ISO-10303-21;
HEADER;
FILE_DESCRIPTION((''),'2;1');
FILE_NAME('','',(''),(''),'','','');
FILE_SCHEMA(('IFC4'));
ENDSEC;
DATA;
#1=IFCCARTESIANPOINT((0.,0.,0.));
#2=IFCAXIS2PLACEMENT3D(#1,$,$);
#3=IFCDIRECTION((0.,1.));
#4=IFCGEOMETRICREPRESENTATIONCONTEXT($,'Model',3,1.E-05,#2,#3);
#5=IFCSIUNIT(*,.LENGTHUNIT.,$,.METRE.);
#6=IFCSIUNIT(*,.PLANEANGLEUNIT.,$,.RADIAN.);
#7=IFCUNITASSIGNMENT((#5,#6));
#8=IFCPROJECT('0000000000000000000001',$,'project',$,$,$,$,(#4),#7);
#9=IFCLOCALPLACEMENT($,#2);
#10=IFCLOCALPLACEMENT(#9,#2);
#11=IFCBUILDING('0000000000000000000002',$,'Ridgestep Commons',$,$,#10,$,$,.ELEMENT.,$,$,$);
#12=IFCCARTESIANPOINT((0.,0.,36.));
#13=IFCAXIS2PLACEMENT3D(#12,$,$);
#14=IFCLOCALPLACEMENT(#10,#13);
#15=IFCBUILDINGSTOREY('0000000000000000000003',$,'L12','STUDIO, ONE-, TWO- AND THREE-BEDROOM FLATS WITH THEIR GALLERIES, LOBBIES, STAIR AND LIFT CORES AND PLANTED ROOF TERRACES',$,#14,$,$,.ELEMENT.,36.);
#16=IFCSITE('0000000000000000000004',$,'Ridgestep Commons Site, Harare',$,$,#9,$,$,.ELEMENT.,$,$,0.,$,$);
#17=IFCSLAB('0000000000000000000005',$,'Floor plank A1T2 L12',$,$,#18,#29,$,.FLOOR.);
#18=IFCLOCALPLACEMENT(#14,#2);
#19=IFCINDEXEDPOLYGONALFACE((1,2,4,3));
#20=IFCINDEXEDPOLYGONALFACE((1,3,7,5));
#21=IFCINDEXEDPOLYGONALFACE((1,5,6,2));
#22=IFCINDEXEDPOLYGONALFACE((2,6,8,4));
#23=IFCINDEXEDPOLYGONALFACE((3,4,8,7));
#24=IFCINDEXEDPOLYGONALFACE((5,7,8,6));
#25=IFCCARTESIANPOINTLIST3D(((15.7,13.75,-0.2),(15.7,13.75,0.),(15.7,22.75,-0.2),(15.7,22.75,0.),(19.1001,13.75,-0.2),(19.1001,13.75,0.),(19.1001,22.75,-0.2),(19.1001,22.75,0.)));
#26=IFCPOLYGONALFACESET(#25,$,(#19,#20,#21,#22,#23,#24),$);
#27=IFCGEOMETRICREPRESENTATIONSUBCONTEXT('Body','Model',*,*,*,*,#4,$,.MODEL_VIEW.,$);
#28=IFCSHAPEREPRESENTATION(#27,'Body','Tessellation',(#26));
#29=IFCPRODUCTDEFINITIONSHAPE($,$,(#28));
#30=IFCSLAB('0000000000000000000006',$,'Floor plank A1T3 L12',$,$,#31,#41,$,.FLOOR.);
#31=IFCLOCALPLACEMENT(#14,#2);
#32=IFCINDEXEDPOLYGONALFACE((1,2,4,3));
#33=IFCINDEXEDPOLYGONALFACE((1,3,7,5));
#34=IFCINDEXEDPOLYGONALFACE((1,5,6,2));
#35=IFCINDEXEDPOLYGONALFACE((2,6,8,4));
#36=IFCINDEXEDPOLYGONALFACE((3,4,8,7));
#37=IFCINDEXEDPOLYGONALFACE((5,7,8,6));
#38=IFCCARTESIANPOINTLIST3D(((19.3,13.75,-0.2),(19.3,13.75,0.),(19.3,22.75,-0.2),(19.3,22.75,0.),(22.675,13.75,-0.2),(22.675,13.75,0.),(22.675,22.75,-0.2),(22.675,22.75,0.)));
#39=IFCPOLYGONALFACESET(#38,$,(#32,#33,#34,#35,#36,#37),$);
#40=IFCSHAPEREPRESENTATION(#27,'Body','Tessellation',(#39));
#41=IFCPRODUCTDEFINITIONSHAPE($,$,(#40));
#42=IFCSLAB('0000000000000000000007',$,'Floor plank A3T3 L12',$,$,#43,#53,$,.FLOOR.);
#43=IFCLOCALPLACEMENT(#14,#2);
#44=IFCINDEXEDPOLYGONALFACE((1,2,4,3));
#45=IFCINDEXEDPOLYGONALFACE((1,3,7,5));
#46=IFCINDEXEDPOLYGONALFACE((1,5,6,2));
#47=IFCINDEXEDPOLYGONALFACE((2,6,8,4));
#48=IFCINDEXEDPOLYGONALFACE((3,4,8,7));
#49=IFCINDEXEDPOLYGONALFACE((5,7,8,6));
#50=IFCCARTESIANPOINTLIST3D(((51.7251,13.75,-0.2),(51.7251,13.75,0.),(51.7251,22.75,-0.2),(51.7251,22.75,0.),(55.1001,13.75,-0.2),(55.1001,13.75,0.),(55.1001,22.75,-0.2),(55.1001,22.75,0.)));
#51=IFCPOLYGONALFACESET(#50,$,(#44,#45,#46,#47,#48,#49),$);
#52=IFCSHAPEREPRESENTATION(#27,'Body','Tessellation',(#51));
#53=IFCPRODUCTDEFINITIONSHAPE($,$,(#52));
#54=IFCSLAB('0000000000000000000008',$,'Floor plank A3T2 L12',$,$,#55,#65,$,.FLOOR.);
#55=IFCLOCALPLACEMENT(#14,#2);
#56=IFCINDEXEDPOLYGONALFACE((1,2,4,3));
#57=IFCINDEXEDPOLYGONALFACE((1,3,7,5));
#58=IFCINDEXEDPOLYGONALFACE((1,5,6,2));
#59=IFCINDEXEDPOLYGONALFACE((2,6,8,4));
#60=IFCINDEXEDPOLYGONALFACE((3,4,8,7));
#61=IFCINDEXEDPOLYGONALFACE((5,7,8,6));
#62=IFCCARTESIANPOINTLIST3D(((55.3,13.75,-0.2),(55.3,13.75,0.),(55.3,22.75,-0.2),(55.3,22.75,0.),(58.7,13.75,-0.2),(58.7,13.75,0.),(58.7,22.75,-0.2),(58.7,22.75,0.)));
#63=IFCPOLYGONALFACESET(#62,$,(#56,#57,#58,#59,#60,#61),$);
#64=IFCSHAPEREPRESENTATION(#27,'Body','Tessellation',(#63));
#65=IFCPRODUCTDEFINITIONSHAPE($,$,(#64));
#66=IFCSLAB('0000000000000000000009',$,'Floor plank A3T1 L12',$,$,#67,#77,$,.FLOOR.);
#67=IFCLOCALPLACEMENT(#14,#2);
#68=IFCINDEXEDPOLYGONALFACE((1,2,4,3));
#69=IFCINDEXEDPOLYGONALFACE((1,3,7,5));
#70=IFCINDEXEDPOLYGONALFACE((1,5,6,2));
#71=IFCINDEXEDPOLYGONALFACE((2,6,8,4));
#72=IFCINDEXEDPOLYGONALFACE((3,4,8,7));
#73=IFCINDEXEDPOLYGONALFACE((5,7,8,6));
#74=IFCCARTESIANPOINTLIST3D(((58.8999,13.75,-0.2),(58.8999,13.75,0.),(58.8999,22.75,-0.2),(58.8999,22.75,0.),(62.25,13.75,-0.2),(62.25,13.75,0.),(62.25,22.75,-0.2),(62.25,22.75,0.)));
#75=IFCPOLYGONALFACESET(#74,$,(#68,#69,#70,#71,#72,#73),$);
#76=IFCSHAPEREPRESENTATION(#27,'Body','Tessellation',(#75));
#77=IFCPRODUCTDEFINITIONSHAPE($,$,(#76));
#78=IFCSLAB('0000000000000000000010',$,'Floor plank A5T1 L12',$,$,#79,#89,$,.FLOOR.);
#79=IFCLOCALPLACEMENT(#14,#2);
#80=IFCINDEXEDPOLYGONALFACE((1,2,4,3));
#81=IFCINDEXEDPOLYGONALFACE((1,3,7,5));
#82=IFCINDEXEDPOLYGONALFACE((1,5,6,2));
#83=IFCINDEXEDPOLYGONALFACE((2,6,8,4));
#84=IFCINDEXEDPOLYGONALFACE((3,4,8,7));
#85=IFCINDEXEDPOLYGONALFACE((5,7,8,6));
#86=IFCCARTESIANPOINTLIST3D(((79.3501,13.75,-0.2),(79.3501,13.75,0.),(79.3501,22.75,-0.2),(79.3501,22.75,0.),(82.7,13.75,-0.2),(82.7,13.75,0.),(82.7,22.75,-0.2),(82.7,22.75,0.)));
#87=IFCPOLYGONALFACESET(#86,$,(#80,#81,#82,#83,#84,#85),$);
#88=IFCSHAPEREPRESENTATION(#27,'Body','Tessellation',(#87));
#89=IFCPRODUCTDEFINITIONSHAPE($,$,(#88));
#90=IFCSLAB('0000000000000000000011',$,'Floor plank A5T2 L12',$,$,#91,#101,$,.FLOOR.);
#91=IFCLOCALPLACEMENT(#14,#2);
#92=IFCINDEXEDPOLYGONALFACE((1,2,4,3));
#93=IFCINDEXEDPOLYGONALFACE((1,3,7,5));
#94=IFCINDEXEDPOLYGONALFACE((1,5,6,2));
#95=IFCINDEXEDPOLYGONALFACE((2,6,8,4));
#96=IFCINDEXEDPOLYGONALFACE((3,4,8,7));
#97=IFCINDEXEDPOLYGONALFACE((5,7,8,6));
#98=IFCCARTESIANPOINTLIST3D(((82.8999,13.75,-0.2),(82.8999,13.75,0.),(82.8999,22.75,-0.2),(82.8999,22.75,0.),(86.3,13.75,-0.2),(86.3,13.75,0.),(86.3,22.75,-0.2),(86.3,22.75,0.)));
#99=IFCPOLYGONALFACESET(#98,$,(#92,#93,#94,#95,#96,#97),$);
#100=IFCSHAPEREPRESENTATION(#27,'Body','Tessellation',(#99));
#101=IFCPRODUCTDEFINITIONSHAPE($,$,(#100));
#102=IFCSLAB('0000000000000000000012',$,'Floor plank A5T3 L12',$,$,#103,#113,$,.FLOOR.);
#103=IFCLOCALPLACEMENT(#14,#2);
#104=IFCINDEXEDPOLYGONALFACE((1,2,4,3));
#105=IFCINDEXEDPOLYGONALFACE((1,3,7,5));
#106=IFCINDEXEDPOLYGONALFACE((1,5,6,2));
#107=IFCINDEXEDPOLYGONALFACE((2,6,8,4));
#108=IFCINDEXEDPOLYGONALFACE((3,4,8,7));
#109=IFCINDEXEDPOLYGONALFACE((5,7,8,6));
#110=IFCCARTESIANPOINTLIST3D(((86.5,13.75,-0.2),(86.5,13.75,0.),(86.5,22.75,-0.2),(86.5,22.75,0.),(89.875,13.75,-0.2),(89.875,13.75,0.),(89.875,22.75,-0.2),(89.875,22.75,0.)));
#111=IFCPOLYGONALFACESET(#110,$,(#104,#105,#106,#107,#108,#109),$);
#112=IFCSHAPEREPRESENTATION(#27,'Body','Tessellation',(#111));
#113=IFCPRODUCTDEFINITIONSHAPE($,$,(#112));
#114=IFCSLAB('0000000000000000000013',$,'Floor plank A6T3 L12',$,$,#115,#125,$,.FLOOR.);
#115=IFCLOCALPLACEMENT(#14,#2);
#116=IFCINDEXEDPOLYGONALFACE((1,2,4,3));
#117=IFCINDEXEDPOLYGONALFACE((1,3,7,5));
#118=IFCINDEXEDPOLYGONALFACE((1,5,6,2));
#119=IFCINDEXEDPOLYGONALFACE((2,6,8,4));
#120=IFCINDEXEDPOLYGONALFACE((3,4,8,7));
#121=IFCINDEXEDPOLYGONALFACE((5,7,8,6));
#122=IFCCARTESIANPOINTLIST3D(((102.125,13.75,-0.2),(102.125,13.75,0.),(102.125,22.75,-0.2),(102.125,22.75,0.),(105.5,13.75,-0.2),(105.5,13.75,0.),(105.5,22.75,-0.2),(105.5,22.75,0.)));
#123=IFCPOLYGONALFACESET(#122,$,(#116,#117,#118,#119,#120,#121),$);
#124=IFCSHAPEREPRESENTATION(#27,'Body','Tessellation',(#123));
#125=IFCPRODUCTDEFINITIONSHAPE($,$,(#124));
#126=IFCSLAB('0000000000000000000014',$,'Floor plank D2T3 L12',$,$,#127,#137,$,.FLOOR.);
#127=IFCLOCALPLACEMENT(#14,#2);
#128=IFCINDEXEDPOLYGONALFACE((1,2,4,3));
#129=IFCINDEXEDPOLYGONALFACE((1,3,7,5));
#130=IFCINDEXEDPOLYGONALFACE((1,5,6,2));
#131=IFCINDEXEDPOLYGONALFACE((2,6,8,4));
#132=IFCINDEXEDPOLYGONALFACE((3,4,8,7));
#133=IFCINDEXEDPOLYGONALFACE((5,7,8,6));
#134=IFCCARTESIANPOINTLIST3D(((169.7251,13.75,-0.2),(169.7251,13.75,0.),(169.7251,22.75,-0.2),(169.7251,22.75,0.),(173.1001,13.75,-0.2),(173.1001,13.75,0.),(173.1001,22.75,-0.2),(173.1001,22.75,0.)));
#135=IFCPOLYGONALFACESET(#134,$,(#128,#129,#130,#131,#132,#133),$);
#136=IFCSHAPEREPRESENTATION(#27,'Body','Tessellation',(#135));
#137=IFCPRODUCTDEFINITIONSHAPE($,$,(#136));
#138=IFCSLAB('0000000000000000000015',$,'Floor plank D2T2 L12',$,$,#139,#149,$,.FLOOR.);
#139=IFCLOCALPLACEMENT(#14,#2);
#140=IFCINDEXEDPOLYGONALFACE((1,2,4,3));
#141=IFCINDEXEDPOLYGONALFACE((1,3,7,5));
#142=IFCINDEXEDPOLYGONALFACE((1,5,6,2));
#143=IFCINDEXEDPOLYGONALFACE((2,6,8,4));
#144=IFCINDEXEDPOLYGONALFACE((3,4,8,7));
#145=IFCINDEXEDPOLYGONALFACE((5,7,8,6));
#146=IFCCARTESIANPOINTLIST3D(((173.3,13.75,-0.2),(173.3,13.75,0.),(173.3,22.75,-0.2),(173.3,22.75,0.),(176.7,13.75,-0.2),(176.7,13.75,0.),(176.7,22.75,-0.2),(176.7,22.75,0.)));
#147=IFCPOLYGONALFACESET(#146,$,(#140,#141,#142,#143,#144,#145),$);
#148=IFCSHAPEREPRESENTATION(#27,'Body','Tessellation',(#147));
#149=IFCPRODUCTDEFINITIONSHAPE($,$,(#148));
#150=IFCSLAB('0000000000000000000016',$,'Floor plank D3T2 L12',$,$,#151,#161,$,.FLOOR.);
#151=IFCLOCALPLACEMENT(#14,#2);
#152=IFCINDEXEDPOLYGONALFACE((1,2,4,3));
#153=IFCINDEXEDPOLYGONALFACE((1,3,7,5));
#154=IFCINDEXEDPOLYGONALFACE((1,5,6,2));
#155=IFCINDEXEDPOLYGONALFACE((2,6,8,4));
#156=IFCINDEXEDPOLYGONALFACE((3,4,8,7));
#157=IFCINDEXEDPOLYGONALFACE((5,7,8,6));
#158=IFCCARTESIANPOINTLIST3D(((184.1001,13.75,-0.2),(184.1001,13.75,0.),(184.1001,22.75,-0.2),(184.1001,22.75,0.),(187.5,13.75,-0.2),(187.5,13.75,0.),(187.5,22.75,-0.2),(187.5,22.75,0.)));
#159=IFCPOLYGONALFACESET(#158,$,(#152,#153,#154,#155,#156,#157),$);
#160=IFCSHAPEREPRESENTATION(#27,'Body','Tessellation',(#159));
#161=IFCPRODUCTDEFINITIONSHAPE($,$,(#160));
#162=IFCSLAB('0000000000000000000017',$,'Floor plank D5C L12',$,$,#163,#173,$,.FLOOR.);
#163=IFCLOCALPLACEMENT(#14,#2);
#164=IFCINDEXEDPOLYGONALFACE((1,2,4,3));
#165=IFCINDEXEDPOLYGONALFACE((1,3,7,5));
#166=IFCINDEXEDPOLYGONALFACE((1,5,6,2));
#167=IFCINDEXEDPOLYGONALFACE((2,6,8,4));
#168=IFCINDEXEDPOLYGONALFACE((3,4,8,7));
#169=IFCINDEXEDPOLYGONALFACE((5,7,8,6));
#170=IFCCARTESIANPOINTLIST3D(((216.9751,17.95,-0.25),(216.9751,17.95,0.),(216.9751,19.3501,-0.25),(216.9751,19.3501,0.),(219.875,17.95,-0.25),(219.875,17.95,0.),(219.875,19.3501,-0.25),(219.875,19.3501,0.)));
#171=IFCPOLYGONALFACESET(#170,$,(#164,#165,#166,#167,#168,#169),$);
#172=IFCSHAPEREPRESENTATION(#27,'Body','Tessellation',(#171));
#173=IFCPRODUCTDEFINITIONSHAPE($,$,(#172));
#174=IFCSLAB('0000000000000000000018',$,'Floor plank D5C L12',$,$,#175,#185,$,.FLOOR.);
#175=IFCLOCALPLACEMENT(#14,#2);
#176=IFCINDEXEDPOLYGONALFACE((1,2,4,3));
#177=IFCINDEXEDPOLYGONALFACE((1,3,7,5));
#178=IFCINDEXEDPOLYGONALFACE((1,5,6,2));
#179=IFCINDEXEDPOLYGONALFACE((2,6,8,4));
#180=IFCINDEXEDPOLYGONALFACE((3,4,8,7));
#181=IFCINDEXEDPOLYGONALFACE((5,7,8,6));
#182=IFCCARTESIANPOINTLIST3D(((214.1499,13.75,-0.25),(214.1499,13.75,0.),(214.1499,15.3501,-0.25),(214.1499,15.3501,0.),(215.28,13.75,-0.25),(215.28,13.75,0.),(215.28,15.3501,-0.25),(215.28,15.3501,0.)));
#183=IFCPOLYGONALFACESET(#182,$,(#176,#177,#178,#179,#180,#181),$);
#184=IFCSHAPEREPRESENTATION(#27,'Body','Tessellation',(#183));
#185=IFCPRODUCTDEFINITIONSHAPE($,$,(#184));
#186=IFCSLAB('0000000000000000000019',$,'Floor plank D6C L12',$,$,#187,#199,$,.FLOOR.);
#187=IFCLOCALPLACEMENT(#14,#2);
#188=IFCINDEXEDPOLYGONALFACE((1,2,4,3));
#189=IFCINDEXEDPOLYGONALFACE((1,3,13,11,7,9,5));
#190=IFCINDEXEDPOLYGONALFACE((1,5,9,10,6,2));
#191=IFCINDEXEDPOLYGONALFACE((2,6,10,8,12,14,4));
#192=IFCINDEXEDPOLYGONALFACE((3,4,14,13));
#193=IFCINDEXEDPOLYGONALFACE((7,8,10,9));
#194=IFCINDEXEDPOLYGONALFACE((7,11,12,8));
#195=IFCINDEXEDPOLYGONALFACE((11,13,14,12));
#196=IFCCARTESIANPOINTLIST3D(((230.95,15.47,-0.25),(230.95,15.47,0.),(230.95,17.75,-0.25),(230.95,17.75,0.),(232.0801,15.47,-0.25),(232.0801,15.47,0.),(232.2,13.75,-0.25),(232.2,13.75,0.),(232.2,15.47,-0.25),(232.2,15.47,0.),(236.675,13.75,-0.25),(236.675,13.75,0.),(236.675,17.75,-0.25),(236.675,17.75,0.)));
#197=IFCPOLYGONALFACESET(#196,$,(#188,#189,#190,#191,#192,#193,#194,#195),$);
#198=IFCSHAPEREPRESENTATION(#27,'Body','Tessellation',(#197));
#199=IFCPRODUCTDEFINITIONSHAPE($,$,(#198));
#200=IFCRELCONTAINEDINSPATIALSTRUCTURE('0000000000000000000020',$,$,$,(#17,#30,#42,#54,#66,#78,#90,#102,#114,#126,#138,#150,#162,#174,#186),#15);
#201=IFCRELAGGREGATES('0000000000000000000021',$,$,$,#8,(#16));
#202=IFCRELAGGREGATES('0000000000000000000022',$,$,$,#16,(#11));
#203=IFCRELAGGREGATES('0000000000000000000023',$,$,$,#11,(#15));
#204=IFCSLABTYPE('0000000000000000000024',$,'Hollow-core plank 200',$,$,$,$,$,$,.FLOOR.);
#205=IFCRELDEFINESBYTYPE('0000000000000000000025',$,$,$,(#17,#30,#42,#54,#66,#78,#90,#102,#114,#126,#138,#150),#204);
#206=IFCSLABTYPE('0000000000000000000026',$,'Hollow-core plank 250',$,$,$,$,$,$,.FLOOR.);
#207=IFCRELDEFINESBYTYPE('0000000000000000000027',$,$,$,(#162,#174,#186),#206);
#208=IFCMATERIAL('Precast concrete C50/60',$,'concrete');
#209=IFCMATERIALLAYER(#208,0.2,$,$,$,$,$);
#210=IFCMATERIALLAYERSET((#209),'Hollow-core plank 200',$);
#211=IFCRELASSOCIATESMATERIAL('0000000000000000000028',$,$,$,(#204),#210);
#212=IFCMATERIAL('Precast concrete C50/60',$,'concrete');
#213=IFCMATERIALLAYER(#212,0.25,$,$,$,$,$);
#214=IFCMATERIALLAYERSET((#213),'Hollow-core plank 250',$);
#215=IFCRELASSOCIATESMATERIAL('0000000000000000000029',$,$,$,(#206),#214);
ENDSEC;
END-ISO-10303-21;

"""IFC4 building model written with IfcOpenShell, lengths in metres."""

from ifc_helpers import new_model, si_unit, direction, frame, origin, place, context, subcontext, project, spatial, polyline, outline, extrude, material, layer, layer_set, type_object, element, save


model = new_model("IFC4")

# Units and contexts
model_context = context("Model", 3, precision=1e-05, world=origin(), true_north=direction((0.0, 1.0)))
body_context = subcontext(model_context, "Body", "Model", "MODEL_VIEW")
ifc_project = project(units=[si_unit("LENGTHUNIT", "METRE"), si_unit("PLANEANGLEUNIT", "RADIAN")], contexts=[model_context])

# Site, building, storey
site_placement = place(None, origin())
site = spatial("IfcSite", under=ifc_project, at=site_placement, Name="Ridgestep Commons Site, Harare", CompositionType="ELEMENT", RefElevation=0.0)
building_placement = place(site_placement, origin())
building = spatial("IfcBuilding", under=site, at=building_placement, Name="Ridgestep Commons", CompositionType="ELEMENT")
storey_placement = place(building_placement, frame((0.0, 0.0, 36.0)))
storey = spatial("IfcBuildingStorey", under=building, at=storey_placement, Name="L12", Description="STUDIO, ONE-, TWO- AND THREE-BEDROOM FLATS WITH THEIR GALLERIES, LOBBIES, STAIR AND LIFT CORES AND PLANTED ROOF TERRACES", CompositionType="ELEMENT", Elevation=36.0)

# Slabs
ifc_material_1 = material(Name="Precast concrete C50/60", Category="concrete")
ifc_layer_1 = layer(ifc_material_1, 0.2)
ifc_layer_set_1 = layer_set([ifc_layer_1], Name="Hollow-core plank 200")
slab_type_1 = type_object("IfcSlabType", Name="Hollow-core plank 200", PredefinedType="FLOOR", material=ifc_layer_set_1)
slab_1_placement = place(storey_placement, frame((0.0, 0.0, -0.2)))
element("IfcSlab", 1, at=slab_1_placement, inside=storey, type_object=slab_type_1, Name="Floor plank A1T2 L12", PredefinedType="FLOOR", context=body_context, shape_type="SweptSolid", body=[
    extrude(outline(polyline([(19.1001, 13.75), (19.1001, 22.75), (15.7, 22.75), (15.7, 13.75), (19.1001, 13.75)])), origin(), (0.0, 0.0, 1.0), 0.2),
])
slab_2_placement = place(storey_placement, frame((0.0, 0.0, -0.2)))
element("IfcSlab", 2, at=slab_2_placement, inside=storey, type_object=slab_type_1, Name="Floor plank A1T3 L12", PredefinedType="FLOOR", context=body_context, shape_type="SweptSolid", body=[
    extrude(outline(polyline([(22.675, 13.75), (22.675, 22.75), (19.3, 22.75), (19.3, 13.75), (22.675, 13.75)])), origin(), (0.0, 0.0, 1.0), 0.2),
])
slab_3_placement = place(storey_placement, frame((0.0, 0.0, -0.2)))
element("IfcSlab", 3, at=slab_3_placement, inside=storey, type_object=slab_type_1, Name="Floor plank A3T3 L12", PredefinedType="FLOOR", context=body_context, shape_type="SweptSolid", body=[
    extrude(outline(polyline([(55.1001, 13.75), (55.1001, 22.75), (51.7251, 22.75), (51.7251, 13.75), (55.1001, 13.75)])), origin(), (0.0, 0.0, 1.0), 0.2),
])
slab_4_placement = place(storey_placement, frame((0.0, 0.0, -0.2)))
element("IfcSlab", 4, at=slab_4_placement, inside=storey, type_object=slab_type_1, Name="Floor plank A3T2 L12", PredefinedType="FLOOR", context=body_context, shape_type="SweptSolid", body=[
    extrude(outline(polyline([(58.7, 13.75), (58.7, 22.75), (55.3, 22.75), (55.3, 13.75), (58.7, 13.75)])), origin(), (0.0, 0.0, 1.0), 0.2),
])
slab_5_placement = place(storey_placement, frame((0.0, 0.0, -0.2)))
element("IfcSlab", 5, at=slab_5_placement, inside=storey, type_object=slab_type_1, Name="Floor plank A3T1 L12", PredefinedType="FLOOR", context=body_context, shape_type="SweptSolid", body=[
    extrude(outline(polyline([(62.25, 13.75), (62.25, 22.75), (58.8999, 22.75), (58.8999, 13.75), (62.25, 13.75)])), origin(), (0.0, 0.0, 1.0), 0.2),
])
slab_6_placement = place(storey_placement, frame((0.0, 0.0, -0.2)))
element("IfcSlab", 6, at=slab_6_placement, inside=storey, type_object=slab_type_1, Name="Floor plank A5T1 L12", PredefinedType="FLOOR", context=body_context, shape_type="SweptSolid", body=[
    extrude(outline(polyline([(82.7, 13.75), (82.7, 22.75), (79.3501, 22.75), (79.3501, 13.75), (82.7, 13.75)])), origin(), (0.0, 0.0, 1.0), 0.2),
])
slab_7_placement = place(storey_placement, frame((0.0, 0.0, -0.2)))
element("IfcSlab", 7, at=slab_7_placement, inside=storey, type_object=slab_type_1, Name="Floor plank A5T2 L12", PredefinedType="FLOOR", context=body_context, shape_type="SweptSolid", body=[
    extrude(outline(polyline([(86.3, 13.75), (86.3, 22.75), (82.8999, 22.75), (82.8999, 13.75), (86.3, 13.75)])), origin(), (0.0, 0.0, 1.0), 0.2),
])
slab_8_placement = place(storey_placement, frame((0.0, 0.0, -0.2)))
element("IfcSlab", 8, at=slab_8_placement, inside=storey, type_object=slab_type_1, Name="Floor plank A5T3 L12", PredefinedType="FLOOR", context=body_context, shape_type="SweptSolid", body=[
    extrude(outline(polyline([(89.875, 13.75), (89.875, 22.75), (86.5, 22.75), (86.5, 13.75), (89.875, 13.75)])), origin(), (0.0, 0.0, 1.0), 0.2),
])
slab_9_placement = place(storey_placement, frame((0.0, 0.0, -0.2)))
element("IfcSlab", 9, at=slab_9_placement, inside=storey, type_object=slab_type_1, Name="Floor plank A6T3 L12", PredefinedType="FLOOR", context=body_context, shape_type="SweptSolid", body=[
    extrude(outline(polyline([(105.5, 13.75), (105.5, 22.75), (102.125, 22.75), (102.125, 13.75), (105.5, 13.75)])), origin(), (0.0, 0.0, 1.0), 0.2),
])
slab_10_placement = place(storey_placement, frame((0.0, 0.0, -0.2)))
element("IfcSlab", 10, at=slab_10_placement, inside=storey, type_object=slab_type_1, Name="Floor plank D2T3 L12", PredefinedType="FLOOR", context=body_context, shape_type="SweptSolid", body=[
    extrude(outline(polyline([(173.1001, 13.75), (173.1001, 22.75), (169.7251, 22.75), (169.7251, 13.75), (173.1001, 13.75)])), origin(), (0.0, 0.0, 1.0), 0.2),
])
slab_11_placement = place(storey_placement, frame((0.0, 0.0, -0.2)))
element("IfcSlab", 11, at=slab_11_placement, inside=storey, type_object=slab_type_1, Name="Floor plank D2T2 L12", PredefinedType="FLOOR", context=body_context, shape_type="SweptSolid", body=[
    extrude(outline(polyline([(176.7, 13.75), (176.7, 22.75), (173.3, 22.75), (173.3, 13.75), (176.7, 13.75)])), origin(), (0.0, 0.0, 1.0), 0.2),
])
slab_12_placement = place(storey_placement, frame((0.0, 0.0, -0.2)))
element("IfcSlab", 12, at=slab_12_placement, inside=storey, type_object=slab_type_1, Name="Floor plank D3T2 L12", PredefinedType="FLOOR", context=body_context, shape_type="SweptSolid", body=[
    extrude(outline(polyline([(187.5, 13.75), (187.5, 22.75), (184.1001, 22.75), (184.1001, 13.75), (187.5, 13.75)])), origin(), (0.0, 0.0, 1.0), 0.2),
])
ifc_material_2 = material(Name="Precast concrete C50/60", Category="concrete")
ifc_layer_2 = layer(ifc_material_2, 0.25)
ifc_layer_set_2 = layer_set([ifc_layer_2], Name="Hollow-core plank 250")
slab_type_2 = type_object("IfcSlabType", Name="Hollow-core plank 250", PredefinedType="FLOOR", material=ifc_layer_set_2)
slab_13_placement = place(storey_placement, frame((0.0, 0.0, -0.25)))
element("IfcSlab", 13, at=slab_13_placement, inside=storey, type_object=slab_type_2, Name="Floor plank D5C L12", PredefinedType="FLOOR", context=body_context, shape_type="SweptSolid", body=[
    extrude(outline(polyline([(219.875, 17.95), (219.875, 19.3501), (216.9751, 19.3501), (216.9751, 17.95), (219.875, 17.95)])), origin(), (0.0, 0.0, 1.0), 0.25),
])
slab_14_placement = place(storey_placement, frame((0.0, 0.0, -0.25)))
element("IfcSlab", 14, at=slab_14_placement, inside=storey, type_object=slab_type_2, Name="Floor plank D5C L12", PredefinedType="FLOOR", context=body_context, shape_type="SweptSolid", body=[
    extrude(outline(polyline([(215.28, 15.3501), (214.1499, 15.3501), (214.1499, 13.75), (215.28, 13.75), (215.28, 15.3501)])), origin(), (0.0, 0.0, 1.0), 0.25),
])
slab_15_placement = place(storey_placement, frame((0.0, 0.0, -0.25)))
element("IfcSlab", 15, at=slab_15_placement, inside=storey, type_object=slab_type_2, Name="Floor plank D6C L12", PredefinedType="FLOOR", context=body_context, shape_type="SweptSolid", body=[
    extrude(outline(polyline([(232.2, 13.75), (236.675, 13.75), (236.675, 17.75), (230.95, 17.75), (230.95, 15.47), (232.0801, 15.47), (232.2, 15.47), (232.2, 13.75)])), origin(), (0.0, 0.0, 1.0), 0.25),
])

save(model, "model.ifc")
